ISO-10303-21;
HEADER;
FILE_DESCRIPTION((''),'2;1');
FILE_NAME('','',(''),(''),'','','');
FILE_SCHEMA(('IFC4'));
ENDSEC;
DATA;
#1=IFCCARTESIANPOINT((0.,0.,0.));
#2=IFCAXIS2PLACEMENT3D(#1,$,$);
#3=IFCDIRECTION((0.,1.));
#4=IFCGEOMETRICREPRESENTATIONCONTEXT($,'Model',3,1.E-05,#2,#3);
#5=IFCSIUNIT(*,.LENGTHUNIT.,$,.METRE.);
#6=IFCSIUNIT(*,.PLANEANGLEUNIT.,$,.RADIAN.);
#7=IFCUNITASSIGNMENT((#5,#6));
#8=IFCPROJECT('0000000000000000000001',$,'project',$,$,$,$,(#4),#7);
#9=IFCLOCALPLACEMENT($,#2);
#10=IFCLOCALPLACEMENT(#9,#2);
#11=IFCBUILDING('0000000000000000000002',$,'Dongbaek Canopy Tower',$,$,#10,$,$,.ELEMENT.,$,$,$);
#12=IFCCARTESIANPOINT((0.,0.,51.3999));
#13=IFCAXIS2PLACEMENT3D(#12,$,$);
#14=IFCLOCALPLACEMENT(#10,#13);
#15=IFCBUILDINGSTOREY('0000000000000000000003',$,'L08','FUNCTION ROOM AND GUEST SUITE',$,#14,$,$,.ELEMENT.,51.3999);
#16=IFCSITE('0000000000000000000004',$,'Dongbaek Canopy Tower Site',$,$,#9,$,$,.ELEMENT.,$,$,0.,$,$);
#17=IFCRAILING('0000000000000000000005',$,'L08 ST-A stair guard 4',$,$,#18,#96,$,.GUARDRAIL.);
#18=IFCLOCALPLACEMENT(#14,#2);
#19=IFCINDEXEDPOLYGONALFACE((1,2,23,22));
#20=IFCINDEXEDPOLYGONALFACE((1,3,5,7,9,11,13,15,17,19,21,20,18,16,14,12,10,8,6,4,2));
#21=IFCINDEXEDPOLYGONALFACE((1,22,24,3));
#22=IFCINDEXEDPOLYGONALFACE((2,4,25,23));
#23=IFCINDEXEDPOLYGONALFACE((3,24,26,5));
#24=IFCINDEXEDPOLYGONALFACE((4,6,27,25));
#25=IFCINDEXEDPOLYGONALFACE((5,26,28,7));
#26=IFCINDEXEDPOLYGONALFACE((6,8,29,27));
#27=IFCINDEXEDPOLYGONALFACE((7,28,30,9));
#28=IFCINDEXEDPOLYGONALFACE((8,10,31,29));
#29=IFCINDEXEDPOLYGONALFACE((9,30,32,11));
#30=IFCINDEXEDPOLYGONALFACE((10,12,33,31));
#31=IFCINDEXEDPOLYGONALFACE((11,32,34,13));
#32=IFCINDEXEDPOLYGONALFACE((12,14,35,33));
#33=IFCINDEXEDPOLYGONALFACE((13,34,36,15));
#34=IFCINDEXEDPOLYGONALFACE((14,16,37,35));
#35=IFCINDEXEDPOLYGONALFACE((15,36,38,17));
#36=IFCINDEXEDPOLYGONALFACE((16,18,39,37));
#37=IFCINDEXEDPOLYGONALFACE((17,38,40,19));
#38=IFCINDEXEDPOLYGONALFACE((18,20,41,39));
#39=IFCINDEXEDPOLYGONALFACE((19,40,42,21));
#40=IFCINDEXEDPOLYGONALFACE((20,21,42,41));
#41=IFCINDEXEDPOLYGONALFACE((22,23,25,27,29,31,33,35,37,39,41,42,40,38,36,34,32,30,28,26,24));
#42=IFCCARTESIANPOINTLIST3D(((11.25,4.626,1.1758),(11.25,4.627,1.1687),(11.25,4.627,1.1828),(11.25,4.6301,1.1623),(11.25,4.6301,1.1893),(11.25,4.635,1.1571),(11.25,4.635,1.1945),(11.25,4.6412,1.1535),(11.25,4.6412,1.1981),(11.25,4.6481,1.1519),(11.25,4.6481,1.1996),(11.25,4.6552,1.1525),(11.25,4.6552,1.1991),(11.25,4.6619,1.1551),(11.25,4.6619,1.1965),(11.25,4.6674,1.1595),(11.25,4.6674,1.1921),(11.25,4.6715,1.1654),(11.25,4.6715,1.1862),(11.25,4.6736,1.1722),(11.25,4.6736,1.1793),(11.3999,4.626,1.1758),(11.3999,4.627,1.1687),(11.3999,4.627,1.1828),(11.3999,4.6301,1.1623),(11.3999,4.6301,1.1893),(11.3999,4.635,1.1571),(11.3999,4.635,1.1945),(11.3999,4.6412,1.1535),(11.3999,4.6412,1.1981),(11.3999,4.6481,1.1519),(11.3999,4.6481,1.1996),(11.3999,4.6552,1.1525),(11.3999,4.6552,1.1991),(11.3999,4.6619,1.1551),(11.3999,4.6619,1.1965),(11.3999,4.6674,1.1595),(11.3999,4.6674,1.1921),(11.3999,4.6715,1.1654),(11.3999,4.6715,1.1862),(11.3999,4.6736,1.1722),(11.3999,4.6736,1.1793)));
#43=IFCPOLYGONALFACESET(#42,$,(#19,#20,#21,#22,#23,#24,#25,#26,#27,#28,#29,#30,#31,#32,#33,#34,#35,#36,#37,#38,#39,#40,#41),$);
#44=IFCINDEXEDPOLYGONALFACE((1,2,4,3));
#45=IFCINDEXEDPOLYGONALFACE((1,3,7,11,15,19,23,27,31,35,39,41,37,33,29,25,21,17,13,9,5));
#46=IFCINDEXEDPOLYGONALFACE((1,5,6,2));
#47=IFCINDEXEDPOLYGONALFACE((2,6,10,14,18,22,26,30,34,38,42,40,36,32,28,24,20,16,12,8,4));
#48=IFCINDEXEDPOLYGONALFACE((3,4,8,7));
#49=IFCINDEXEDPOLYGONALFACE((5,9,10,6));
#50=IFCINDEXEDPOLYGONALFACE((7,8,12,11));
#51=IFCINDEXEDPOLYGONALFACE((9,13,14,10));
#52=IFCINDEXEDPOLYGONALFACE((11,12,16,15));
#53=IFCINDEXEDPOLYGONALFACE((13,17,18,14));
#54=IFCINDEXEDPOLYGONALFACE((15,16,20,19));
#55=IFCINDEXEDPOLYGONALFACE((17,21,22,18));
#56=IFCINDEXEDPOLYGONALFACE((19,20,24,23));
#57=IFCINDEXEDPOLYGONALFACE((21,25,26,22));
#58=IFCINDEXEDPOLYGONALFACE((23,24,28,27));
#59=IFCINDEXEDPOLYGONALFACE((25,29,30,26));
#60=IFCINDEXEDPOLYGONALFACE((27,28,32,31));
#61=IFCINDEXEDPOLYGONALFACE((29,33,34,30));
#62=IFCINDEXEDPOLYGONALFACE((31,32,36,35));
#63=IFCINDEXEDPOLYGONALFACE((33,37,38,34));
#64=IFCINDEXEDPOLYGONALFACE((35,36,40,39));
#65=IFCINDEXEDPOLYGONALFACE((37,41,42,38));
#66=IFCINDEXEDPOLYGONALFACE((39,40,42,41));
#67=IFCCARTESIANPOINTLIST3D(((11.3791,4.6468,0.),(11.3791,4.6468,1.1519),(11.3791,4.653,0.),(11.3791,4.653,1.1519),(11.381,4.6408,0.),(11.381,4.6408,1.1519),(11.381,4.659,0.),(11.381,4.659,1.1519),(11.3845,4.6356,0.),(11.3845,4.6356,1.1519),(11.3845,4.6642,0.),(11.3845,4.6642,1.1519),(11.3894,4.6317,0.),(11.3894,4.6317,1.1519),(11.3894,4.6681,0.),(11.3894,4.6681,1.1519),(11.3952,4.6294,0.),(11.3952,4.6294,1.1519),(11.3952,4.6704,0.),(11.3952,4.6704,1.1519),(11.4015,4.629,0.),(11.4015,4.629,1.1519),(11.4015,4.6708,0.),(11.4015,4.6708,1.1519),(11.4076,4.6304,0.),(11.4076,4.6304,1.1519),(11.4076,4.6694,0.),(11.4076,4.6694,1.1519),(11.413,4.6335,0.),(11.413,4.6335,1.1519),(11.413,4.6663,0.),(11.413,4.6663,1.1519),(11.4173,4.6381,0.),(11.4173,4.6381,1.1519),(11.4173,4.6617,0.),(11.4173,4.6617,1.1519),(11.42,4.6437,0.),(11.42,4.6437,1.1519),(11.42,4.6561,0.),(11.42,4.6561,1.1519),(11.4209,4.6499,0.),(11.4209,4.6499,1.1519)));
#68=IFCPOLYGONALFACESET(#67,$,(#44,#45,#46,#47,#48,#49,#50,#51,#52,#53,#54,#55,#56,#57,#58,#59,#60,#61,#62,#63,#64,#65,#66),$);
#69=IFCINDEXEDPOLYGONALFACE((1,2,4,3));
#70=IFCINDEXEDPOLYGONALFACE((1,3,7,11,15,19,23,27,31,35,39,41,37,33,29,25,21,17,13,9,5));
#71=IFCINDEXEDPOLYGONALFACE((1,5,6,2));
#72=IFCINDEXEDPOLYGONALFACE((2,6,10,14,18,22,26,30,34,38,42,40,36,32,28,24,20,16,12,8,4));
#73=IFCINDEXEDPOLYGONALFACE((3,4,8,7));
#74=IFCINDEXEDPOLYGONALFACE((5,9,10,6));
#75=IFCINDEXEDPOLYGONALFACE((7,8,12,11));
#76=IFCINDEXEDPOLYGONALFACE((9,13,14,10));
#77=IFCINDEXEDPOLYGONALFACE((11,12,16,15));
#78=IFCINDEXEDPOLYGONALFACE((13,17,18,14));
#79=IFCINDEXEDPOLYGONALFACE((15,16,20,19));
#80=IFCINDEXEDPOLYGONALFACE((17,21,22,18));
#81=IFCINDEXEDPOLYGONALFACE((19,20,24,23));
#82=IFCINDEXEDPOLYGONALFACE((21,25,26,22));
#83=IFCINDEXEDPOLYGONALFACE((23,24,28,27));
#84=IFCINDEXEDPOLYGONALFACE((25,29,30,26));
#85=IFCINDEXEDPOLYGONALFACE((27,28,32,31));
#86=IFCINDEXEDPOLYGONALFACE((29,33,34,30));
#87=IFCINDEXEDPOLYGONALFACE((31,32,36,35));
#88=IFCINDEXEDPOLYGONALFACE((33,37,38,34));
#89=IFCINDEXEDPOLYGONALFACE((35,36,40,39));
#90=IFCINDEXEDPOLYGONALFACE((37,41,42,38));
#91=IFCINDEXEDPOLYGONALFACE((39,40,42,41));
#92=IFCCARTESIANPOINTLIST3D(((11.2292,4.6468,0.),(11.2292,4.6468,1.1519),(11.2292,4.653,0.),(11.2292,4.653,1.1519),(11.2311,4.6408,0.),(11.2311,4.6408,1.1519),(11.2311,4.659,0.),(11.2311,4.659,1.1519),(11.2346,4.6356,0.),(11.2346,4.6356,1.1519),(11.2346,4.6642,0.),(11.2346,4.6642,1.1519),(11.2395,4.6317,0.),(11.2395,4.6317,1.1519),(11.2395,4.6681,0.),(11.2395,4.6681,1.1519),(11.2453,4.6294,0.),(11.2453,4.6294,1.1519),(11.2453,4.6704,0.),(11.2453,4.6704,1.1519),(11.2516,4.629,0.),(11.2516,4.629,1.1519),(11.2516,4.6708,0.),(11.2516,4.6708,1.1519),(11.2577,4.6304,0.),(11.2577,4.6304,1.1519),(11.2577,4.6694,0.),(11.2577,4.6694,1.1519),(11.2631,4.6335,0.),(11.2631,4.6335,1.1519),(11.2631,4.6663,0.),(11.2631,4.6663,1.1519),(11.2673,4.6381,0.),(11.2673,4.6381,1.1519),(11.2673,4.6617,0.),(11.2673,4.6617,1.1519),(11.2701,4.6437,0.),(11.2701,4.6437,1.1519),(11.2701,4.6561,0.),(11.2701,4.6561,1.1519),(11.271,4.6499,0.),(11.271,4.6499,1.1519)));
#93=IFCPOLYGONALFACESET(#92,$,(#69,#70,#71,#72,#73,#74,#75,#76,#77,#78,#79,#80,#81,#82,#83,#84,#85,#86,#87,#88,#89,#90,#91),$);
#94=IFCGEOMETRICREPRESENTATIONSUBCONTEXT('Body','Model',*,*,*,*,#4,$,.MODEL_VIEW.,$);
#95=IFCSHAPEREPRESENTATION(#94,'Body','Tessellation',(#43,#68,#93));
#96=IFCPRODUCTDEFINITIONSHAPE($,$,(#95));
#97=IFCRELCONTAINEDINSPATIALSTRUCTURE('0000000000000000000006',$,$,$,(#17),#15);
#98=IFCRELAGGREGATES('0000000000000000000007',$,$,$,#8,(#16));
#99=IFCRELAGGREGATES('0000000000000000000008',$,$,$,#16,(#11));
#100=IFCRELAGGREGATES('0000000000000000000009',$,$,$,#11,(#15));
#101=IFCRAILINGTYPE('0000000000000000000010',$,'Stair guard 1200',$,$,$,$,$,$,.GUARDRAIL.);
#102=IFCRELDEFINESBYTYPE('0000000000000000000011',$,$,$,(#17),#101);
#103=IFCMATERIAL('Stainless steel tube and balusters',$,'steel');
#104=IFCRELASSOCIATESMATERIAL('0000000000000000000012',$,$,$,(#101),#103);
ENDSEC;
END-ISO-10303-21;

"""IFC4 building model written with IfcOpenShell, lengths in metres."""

from ifc_helpers import new_model, si_unit, direction, frame, origin, origin_2d, place, context, subcontext, project, spatial, circle, extrude, material, type_object, element, save


model = new_model("IFC4")

# Units and contexts
model_context = context("Model", 3, precision=1e-05, world=origin(), true_north=direction((0.0, 1.0)))
body_context = subcontext(model_context, "Body", "Model", "MODEL_VIEW")
ifc_project = project(units=[si_unit("LENGTHUNIT", "METRE"), si_unit("PLANEANGLEUNIT", "RADIAN")], contexts=[model_context])

# Site, building, storey
site_placement = place(None, origin())
site = spatial("IfcSite", under=ifc_project, at=site_placement, Name="Dongbaek Canopy Tower Site", CompositionType="ELEMENT", RefElevation=0.0)
building_placement = place(site_placement, origin())
building = spatial("IfcBuilding", under=site, at=building_placement, Name="Dongbaek Canopy Tower", CompositionType="ELEMENT")
storey_placement = place(building_placement, frame((0.0, 0.0, 51.3999)))
storey = spatial("IfcBuildingStorey", under=building, at=storey_placement, Name="L08", Description="FUNCTION ROOM AND GUEST SUITE", CompositionType="ELEMENT", Elevation=51.3999)

# Railing
ifc_material_1 = material(Name="Stainless steel tube and balusters", Category="steel")
railing_type_1 = type_object("IfcRailingType", Name="Stair guard 1200", PredefinedType="GUARDRAIL", material=ifc_material_1)
railing_1_placement = place(storey_placement, frame((11.3999, 4.6499, 0.0)))
element("IfcRailing", 1, at=railing_1_placement, inside=storey, type_object=railing_type_1, Name="L08 ST-A stair guard 4", PredefinedType="GUARDRAIL", context=body_context, shape_type="SweptSolid", body=[
    extrude(circle(Radius=0.0239, at=origin_2d()), frame((0.0, 0.0, 1.1758), z_axis=(-1.0, 0.0, 0.0), x_axis=(0.0, -1.0, 0.0)), (0.0, 0.0, 1.0), 0.1499),
    extrude(circle(Radius=0.021, at=origin_2d()), origin(), (0.0, 0.0, 1.0), 1.1519),
    extrude(circle(Radius=0.021, at=origin_2d()), frame((-0.1499, 0.0, 0.0)), (0.0, 0.0, 1.0), 1.1519),
])

save(model, "model.ifc")
